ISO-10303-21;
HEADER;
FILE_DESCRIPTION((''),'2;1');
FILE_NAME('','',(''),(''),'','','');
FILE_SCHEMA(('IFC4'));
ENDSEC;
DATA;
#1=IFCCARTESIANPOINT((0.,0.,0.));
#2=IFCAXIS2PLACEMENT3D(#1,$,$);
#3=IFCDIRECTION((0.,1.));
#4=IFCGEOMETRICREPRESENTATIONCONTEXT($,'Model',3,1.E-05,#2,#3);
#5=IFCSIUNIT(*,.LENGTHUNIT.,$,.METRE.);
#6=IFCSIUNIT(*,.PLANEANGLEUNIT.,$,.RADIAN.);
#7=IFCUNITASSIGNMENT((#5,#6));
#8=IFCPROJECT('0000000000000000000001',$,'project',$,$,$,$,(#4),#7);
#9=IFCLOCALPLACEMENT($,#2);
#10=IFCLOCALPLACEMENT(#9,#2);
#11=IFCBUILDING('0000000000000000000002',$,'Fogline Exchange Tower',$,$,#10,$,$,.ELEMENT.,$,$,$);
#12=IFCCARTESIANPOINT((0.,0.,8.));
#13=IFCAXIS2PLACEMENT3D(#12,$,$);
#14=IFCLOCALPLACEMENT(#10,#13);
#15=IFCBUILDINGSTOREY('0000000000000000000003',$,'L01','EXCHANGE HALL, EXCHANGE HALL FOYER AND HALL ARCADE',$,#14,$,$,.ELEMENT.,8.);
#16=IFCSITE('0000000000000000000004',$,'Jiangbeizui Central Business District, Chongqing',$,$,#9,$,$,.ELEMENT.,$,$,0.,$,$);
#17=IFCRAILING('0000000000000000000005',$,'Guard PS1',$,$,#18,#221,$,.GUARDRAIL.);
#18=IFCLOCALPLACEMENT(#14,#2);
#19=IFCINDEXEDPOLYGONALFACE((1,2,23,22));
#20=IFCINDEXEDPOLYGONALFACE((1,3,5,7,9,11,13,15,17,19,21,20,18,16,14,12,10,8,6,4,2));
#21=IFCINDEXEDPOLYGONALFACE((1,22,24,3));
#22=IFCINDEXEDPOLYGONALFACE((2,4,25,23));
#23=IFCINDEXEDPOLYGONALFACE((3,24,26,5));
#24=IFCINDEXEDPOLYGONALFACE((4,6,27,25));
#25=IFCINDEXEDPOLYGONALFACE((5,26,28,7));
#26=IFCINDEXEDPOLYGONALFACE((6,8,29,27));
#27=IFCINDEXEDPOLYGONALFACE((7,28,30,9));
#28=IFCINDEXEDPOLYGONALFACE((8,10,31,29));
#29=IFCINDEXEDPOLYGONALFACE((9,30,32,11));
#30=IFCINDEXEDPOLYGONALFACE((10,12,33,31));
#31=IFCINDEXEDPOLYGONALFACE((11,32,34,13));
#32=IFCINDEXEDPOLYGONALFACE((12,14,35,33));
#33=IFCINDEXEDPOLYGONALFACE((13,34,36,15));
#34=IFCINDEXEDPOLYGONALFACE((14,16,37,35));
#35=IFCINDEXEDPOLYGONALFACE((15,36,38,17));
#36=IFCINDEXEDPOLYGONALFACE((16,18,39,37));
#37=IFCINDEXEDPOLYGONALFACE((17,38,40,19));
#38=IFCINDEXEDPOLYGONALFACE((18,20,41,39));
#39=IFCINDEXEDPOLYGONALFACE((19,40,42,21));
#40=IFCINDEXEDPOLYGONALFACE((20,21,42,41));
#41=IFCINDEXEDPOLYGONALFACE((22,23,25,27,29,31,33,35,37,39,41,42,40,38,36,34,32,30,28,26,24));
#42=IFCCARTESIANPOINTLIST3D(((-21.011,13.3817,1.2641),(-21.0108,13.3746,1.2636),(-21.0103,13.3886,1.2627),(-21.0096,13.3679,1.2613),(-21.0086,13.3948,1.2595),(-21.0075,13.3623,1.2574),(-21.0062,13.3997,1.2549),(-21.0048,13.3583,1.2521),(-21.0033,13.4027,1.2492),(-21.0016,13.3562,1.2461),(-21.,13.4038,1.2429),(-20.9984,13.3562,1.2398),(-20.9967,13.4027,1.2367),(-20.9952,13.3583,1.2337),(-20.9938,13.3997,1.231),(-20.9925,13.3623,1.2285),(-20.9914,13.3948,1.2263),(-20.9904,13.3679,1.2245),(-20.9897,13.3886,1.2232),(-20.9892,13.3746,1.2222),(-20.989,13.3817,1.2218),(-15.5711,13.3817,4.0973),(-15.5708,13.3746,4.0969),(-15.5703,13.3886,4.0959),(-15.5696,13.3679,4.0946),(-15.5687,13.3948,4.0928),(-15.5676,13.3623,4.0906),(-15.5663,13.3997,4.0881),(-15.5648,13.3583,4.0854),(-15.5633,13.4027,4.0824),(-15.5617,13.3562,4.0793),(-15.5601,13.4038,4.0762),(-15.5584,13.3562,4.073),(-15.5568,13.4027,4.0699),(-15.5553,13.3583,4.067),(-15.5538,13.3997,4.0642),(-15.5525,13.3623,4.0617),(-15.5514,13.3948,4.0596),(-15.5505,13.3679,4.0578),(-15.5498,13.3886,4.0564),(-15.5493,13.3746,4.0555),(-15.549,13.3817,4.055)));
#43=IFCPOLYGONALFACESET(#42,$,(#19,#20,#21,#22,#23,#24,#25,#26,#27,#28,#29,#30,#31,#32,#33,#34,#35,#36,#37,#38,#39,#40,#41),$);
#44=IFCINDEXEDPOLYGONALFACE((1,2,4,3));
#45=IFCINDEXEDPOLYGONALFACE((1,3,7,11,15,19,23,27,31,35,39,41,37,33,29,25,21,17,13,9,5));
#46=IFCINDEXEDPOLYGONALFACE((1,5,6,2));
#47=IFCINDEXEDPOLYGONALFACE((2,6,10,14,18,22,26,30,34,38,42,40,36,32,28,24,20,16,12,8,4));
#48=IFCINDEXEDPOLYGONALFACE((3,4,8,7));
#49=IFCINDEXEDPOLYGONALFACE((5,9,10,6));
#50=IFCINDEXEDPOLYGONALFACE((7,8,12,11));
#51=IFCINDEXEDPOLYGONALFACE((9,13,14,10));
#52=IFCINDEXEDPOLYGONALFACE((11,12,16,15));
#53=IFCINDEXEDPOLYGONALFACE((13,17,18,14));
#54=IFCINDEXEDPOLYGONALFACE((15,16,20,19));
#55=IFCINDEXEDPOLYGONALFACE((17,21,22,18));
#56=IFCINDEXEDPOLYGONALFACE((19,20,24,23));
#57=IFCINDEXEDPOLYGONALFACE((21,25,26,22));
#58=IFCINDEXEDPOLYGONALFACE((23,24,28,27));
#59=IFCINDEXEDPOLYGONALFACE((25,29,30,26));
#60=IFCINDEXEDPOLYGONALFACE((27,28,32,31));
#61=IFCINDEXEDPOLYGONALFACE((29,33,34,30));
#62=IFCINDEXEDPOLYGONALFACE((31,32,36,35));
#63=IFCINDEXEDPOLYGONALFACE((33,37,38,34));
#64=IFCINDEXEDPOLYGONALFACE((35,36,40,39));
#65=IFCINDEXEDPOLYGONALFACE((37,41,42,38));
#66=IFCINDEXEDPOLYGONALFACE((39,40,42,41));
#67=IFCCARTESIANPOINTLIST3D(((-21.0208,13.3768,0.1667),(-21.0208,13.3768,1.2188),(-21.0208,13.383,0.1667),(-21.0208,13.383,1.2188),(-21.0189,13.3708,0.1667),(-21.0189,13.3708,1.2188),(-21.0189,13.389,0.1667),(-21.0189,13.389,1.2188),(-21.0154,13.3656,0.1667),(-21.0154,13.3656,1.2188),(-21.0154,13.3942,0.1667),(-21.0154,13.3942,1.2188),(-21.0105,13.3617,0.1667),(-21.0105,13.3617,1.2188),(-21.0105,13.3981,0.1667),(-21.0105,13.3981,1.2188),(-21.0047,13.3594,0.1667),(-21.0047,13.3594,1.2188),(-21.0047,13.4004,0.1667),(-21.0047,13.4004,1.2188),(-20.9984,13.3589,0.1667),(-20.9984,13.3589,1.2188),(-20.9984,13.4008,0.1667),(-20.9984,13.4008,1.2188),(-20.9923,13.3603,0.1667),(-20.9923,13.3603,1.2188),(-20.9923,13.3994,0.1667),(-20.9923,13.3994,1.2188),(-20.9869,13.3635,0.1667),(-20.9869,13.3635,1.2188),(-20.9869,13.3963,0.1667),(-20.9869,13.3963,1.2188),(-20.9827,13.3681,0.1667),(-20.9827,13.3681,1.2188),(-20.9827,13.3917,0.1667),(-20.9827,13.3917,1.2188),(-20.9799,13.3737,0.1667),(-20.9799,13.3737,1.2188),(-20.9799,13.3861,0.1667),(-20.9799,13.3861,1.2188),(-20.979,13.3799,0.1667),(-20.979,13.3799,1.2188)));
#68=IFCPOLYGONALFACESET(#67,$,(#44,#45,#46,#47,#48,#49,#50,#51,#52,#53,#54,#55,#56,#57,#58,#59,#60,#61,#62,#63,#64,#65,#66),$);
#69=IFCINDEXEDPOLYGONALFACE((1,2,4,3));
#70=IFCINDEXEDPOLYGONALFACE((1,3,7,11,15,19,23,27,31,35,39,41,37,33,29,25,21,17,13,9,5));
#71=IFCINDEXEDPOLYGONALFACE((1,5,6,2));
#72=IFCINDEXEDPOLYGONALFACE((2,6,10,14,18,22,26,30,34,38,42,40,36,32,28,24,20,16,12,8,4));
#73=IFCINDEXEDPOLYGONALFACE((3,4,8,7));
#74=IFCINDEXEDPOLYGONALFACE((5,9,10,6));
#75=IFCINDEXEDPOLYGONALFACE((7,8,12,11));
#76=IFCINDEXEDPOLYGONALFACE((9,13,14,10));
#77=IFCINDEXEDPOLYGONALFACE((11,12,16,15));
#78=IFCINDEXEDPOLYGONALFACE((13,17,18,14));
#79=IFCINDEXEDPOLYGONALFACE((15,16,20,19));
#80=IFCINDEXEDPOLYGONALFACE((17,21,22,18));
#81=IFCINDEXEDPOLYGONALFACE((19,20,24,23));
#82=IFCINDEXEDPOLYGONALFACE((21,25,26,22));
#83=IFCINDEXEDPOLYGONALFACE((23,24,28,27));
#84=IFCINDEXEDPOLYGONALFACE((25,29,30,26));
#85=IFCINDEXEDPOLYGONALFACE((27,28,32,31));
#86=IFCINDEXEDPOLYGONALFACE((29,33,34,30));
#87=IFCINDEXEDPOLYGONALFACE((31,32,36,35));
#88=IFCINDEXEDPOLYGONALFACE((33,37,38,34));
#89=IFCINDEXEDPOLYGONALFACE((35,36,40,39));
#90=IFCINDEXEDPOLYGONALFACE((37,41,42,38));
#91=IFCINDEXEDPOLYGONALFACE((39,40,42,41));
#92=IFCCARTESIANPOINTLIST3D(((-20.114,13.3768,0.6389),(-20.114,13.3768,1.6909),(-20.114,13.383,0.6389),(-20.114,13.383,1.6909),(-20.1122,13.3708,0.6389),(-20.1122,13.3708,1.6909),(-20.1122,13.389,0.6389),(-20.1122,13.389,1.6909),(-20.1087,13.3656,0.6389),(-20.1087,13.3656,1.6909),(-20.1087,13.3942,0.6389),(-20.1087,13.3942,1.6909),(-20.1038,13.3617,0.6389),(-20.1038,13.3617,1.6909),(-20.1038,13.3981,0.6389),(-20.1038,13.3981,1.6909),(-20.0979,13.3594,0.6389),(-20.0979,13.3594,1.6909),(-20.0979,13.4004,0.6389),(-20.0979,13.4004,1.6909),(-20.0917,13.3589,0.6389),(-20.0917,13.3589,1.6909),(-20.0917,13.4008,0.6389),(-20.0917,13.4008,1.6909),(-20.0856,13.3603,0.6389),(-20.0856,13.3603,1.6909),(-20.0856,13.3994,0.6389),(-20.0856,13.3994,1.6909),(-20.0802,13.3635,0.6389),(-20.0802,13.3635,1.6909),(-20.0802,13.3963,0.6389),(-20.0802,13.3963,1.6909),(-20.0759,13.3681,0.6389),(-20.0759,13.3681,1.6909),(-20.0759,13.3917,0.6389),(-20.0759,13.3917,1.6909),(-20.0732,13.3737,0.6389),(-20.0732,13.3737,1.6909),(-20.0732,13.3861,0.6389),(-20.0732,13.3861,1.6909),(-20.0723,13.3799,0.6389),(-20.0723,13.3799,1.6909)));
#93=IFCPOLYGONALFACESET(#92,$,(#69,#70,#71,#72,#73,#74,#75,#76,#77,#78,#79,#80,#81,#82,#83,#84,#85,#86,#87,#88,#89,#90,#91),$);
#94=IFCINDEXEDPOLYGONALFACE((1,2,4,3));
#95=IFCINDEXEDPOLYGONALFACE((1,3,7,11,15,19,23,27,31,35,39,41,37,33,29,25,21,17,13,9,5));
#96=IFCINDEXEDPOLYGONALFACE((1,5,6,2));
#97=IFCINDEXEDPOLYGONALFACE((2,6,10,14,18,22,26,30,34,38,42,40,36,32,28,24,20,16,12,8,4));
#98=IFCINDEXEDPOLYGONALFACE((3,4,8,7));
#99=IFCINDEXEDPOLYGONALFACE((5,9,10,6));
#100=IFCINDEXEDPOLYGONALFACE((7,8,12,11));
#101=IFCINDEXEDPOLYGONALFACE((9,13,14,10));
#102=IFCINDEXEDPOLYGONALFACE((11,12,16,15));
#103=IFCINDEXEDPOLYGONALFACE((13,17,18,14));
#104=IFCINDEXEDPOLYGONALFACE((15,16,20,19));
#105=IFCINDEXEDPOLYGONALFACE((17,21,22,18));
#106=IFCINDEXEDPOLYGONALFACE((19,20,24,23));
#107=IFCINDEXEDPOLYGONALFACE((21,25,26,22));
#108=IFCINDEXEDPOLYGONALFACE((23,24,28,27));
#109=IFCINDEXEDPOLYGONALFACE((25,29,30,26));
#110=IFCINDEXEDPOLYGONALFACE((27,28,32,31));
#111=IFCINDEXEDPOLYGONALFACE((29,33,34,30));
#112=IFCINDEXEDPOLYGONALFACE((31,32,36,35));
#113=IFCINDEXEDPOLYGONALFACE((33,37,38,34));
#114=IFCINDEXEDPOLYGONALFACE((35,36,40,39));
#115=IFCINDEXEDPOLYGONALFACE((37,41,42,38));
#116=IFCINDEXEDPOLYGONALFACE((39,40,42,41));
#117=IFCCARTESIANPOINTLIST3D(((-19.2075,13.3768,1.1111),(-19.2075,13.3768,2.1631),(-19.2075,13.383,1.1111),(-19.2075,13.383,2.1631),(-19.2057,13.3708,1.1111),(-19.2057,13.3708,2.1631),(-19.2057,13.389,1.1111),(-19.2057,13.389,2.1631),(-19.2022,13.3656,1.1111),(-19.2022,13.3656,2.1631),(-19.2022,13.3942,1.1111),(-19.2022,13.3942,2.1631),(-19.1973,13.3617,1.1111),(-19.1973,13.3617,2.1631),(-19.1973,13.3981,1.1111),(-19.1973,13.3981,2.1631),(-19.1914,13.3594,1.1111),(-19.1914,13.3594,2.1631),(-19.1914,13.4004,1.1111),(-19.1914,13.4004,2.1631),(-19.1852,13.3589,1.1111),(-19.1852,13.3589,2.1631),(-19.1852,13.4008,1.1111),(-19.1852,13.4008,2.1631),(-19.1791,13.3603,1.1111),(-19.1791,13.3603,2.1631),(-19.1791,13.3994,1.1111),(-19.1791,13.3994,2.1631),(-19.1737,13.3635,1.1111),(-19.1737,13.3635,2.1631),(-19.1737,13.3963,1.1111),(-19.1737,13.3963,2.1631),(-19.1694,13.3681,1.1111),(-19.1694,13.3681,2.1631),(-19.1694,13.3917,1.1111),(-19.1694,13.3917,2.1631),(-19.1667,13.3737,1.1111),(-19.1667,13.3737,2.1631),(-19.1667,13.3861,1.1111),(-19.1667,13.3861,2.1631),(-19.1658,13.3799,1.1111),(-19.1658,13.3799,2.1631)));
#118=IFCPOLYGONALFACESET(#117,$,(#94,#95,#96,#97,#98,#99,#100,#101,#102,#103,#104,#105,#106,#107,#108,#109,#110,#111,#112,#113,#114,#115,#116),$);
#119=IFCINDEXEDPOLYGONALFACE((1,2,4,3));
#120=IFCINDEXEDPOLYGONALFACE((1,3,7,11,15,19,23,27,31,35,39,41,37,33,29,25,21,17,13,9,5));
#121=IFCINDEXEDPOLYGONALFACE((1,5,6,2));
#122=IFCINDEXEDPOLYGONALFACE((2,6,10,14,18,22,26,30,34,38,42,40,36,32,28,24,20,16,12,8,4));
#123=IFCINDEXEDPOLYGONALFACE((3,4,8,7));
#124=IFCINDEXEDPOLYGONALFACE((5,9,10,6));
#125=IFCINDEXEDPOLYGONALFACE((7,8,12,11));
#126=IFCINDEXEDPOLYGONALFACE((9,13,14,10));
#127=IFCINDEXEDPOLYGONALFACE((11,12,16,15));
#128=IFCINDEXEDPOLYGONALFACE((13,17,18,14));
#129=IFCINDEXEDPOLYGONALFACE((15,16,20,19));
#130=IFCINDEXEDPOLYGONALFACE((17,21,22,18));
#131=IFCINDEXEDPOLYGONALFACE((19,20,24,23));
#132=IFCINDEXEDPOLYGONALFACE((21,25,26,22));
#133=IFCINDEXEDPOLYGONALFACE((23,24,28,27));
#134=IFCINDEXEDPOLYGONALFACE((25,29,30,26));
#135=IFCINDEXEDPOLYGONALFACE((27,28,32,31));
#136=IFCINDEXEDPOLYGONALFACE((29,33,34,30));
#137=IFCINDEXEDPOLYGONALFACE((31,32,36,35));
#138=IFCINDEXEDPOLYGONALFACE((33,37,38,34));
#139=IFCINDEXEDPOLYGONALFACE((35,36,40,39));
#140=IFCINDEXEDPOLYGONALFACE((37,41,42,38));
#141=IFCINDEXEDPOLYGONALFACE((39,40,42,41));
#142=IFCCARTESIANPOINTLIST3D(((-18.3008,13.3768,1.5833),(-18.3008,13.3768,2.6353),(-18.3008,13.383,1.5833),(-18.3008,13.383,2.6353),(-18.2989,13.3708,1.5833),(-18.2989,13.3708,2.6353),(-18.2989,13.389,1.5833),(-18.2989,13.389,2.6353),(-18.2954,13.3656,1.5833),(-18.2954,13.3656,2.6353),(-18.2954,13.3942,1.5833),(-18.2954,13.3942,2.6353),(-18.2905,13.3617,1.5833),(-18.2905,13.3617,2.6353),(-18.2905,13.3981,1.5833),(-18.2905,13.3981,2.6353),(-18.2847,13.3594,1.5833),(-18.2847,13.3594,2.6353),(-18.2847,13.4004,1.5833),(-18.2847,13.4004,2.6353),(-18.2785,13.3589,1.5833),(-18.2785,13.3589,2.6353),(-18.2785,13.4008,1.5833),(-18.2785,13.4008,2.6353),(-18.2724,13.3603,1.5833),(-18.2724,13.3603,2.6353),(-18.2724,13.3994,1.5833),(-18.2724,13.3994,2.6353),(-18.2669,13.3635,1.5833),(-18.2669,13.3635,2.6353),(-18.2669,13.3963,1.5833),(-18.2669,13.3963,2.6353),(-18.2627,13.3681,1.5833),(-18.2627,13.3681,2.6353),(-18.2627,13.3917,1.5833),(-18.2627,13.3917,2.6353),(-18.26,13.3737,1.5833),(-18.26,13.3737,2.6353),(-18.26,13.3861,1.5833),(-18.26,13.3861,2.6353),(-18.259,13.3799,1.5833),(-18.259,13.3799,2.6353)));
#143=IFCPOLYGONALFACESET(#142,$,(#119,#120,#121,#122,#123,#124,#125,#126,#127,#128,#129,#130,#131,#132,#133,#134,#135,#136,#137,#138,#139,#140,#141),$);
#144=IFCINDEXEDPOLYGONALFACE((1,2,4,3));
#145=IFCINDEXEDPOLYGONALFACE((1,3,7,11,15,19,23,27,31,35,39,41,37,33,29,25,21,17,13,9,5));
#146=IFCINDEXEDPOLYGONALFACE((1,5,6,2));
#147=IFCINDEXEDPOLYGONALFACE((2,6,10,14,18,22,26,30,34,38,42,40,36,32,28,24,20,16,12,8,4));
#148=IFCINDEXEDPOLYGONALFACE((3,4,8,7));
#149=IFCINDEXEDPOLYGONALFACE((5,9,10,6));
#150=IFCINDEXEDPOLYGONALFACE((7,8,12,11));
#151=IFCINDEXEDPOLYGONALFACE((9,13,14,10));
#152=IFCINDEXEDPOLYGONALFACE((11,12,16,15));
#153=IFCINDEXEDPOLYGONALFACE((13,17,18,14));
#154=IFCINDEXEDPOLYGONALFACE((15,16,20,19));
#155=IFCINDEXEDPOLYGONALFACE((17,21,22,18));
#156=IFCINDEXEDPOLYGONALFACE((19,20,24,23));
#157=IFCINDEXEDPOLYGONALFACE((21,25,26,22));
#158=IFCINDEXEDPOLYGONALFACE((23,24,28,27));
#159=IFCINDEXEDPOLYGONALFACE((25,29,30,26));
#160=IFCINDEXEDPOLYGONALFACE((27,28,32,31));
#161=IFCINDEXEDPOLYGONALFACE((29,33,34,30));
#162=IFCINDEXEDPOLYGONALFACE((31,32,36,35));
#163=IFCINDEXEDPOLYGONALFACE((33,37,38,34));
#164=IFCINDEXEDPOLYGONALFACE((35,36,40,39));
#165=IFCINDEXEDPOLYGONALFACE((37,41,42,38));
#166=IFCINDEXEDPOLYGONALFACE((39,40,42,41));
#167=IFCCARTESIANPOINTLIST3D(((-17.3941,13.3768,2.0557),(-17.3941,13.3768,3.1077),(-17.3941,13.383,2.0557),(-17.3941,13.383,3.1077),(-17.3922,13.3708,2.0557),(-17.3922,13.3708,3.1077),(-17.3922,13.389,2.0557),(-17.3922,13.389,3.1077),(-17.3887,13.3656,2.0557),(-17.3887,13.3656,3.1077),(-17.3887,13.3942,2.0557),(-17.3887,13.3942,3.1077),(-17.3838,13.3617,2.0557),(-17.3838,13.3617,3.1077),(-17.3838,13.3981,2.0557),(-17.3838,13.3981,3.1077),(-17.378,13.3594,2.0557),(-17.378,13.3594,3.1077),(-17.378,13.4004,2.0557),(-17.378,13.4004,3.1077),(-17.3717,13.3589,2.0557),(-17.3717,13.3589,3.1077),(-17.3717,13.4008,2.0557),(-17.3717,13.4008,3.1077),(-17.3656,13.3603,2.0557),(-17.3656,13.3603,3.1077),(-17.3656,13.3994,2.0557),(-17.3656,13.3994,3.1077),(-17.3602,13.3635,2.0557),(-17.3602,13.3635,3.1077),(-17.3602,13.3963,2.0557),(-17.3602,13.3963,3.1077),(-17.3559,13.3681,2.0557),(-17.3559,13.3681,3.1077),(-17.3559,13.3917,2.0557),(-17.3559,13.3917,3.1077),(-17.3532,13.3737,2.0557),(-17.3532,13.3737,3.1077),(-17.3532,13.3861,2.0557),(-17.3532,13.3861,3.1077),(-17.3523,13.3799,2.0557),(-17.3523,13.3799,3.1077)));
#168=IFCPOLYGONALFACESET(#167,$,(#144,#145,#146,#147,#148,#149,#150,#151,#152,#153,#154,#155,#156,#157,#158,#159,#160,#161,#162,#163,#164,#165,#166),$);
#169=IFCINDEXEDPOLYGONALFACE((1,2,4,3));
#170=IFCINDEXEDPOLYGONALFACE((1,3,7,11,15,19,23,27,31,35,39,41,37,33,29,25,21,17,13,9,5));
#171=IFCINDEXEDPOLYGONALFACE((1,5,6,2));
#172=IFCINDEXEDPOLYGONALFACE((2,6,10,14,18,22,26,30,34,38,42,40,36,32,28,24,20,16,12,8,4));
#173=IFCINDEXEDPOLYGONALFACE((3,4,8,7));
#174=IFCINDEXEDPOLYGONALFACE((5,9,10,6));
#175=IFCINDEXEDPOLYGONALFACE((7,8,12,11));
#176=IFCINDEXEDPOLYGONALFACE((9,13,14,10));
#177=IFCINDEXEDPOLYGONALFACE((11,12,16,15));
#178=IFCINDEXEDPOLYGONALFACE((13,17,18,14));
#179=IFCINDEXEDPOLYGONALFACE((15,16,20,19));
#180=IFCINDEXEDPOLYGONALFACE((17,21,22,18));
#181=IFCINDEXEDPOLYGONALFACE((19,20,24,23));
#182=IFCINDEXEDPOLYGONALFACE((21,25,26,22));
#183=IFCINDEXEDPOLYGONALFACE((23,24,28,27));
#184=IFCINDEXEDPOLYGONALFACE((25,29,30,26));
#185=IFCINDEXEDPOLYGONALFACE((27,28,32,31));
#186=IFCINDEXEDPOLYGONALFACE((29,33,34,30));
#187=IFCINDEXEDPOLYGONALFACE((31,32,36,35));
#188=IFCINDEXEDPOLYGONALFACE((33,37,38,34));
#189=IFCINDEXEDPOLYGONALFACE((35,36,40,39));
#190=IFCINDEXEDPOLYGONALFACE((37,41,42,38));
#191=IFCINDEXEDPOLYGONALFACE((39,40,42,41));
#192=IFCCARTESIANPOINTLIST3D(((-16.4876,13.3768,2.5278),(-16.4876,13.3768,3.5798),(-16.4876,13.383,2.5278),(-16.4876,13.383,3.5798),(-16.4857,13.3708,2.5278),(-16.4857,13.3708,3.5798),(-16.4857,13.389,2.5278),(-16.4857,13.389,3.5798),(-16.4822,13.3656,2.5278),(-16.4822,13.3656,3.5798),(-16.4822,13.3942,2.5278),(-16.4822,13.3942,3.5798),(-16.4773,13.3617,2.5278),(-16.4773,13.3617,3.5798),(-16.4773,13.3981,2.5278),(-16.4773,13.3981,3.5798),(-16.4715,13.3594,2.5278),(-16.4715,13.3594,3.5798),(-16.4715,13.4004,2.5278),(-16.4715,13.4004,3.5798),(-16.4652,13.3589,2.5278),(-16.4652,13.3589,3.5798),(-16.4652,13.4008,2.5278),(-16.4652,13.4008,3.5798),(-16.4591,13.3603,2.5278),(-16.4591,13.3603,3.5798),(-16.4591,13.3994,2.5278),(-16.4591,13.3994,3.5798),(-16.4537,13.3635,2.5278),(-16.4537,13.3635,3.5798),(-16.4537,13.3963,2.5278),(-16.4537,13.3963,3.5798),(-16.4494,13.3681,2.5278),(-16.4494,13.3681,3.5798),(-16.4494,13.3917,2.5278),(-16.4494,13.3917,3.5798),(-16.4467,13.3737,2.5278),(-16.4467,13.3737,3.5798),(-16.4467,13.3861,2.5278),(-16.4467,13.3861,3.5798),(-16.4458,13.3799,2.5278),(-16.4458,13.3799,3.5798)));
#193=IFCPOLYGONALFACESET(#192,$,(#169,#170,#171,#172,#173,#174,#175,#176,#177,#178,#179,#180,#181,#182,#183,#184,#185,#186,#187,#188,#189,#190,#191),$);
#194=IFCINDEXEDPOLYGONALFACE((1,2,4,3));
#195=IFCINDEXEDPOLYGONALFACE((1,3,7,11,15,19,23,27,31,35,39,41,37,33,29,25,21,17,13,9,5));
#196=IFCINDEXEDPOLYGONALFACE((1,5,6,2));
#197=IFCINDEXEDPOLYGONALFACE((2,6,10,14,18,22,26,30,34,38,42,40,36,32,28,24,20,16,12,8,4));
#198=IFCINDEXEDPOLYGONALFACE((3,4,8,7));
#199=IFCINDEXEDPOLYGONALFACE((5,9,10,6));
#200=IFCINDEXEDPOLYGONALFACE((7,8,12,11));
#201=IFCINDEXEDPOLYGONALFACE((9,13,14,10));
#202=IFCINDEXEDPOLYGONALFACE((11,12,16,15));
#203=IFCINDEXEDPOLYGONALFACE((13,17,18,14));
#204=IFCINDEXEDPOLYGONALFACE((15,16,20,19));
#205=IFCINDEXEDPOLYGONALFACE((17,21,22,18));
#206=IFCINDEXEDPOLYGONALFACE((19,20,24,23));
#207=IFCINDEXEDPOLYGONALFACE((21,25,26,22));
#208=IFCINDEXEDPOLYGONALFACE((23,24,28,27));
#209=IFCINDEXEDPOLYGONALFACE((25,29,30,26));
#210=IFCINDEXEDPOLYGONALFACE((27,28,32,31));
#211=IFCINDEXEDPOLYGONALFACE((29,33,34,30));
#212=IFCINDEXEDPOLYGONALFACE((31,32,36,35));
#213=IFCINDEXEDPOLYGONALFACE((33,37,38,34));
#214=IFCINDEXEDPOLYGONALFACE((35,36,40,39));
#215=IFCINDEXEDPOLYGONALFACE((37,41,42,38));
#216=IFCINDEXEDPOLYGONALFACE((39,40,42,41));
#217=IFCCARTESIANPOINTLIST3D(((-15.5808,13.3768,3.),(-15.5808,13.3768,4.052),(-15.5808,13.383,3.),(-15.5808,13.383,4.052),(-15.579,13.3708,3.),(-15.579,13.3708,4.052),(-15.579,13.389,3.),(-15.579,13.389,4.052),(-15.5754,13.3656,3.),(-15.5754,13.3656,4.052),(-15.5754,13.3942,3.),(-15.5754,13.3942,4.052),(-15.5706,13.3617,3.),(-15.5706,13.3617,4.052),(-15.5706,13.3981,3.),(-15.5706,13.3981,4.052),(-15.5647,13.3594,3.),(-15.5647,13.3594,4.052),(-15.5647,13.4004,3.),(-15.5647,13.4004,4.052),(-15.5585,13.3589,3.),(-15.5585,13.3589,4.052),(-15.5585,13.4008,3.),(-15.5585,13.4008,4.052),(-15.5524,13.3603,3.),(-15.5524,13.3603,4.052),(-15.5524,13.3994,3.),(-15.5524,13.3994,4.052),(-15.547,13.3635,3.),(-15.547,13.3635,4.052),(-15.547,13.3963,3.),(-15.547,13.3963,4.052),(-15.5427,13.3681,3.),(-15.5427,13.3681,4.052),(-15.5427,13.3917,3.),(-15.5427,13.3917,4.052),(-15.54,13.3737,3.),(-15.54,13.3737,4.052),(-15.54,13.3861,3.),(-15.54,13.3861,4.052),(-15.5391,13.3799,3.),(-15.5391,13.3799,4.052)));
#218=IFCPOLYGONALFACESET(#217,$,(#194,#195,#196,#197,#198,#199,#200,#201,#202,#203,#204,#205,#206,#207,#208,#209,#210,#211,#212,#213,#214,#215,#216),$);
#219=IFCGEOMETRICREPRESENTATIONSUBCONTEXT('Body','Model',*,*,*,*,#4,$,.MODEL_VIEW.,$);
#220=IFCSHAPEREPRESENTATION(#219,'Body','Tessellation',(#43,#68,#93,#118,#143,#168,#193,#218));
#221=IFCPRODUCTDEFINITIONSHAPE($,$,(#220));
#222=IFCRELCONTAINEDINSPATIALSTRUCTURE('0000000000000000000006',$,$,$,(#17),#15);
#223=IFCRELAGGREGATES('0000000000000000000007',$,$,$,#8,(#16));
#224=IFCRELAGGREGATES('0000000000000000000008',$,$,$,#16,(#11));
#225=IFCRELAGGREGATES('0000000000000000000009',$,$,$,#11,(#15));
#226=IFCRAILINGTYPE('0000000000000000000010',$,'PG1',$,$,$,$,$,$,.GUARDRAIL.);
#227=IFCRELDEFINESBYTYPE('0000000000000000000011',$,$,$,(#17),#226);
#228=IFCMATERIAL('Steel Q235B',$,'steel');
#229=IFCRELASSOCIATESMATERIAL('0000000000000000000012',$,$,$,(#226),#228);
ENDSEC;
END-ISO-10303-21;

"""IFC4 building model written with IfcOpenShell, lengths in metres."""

from ifc_helpers import new_model, si_unit, direction, frame, origin, origin_2d, place, context, subcontext, project, spatial, circle, extrude, material, type_object, element, save


model = new_model("IFC4")

# Units and contexts
model_context = context("Model", 3, precision=1e-05, world=origin(), true_north=direction((0.0, 1.0)))
body_context = subcontext(model_context, "Body", "Model", "MODEL_VIEW")
ifc_project = project(units=[si_unit("LENGTHUNIT", "METRE"), si_unit("PLANEANGLEUNIT", "RADIAN")], contexts=[model_context])

# Site, building, storey
site_placement = place(None, origin())
site = spatial("IfcSite", under=ifc_project, at=site_placement, Name="Jiangbeizui Central Business District, Chongqing", CompositionType="ELEMENT", RefElevation=0.0)
building_placement = place(site_placement, origin())
building = spatial("IfcBuilding", under=site, at=building_placement, Name="Fogline Exchange Tower", CompositionType="ELEMENT")
storey_placement = place(building_placement, frame((0.0, 0.0, 8.0)))
storey = spatial("IfcBuildingStorey", under=building, at=storey_placement, Name="L01", Description="EXCHANGE HALL, EXCHANGE HALL FOYER AND HALL ARCADE", CompositionType="ELEMENT", Elevation=8.0)

# Railing
ifc_material_1 = material(Name="Steel Q235B", Category="steel")
railing_type = type_object("IfcRailingType", Name="PG1", PredefinedType="GUARDRAIL", material=ifc_material_1)
railing_placement = place(storey_placement, frame((-21.0, 13.3799, 0.1667)))
element("IfcRailing", 1, at=railing_placement, inside=storey, type_object=railing_type, Name="Guard PS1", PredefinedType="GUARDRAIL", context=body_context, shape_type="SweptSolid", body=[
    extrude(circle(Radius=0.0239, at=origin_2d()), frame((0.0, 0.0, 1.0762), z_axis=(0.886917, 0.0, 0.461928), x_axis=(0.0, 1.0, 0.0)), (0.0, 0.0, 1.0), 6.1335),
    extrude(circle(Radius=0.021, at=origin_2d()), origin(), (0.0, 0.0, 1.0), 1.052),
    extrude(circle(Radius=0.021, at=origin_2d()), frame((0.9067, 0.0, 0.4722)), (0.0, 0.0, 1.0), 1.052),
    extrude(circle(Radius=0.021, at=origin_2d()), frame((1.8132, 0.0, 0.9443)), (0.0, 0.0, 1.0), 1.052),
    extrude(circle(Radius=0.021, at=origin_2d()), frame((2.72, 0.0, 1.4165)), (0.0, 0.0, 1.0), 1.052),
    extrude(circle(Radius=0.021, at=origin_2d()), frame((3.6267, 0.0, 1.8889)), (0.0, 0.0, 1.0), 1.052),
    extrude(circle(Radius=0.021, at=origin_2d()), frame((4.5332, 0.0, 2.3611)), (0.0, 0.0, 1.0), 1.052),
    extrude(circle(Radius=0.021, at=origin_2d()), frame((5.4399, 0.0, 2.8333)), (0.0, 0.0, 1.0), 1.052),
])

save(model, "model.ifc")
